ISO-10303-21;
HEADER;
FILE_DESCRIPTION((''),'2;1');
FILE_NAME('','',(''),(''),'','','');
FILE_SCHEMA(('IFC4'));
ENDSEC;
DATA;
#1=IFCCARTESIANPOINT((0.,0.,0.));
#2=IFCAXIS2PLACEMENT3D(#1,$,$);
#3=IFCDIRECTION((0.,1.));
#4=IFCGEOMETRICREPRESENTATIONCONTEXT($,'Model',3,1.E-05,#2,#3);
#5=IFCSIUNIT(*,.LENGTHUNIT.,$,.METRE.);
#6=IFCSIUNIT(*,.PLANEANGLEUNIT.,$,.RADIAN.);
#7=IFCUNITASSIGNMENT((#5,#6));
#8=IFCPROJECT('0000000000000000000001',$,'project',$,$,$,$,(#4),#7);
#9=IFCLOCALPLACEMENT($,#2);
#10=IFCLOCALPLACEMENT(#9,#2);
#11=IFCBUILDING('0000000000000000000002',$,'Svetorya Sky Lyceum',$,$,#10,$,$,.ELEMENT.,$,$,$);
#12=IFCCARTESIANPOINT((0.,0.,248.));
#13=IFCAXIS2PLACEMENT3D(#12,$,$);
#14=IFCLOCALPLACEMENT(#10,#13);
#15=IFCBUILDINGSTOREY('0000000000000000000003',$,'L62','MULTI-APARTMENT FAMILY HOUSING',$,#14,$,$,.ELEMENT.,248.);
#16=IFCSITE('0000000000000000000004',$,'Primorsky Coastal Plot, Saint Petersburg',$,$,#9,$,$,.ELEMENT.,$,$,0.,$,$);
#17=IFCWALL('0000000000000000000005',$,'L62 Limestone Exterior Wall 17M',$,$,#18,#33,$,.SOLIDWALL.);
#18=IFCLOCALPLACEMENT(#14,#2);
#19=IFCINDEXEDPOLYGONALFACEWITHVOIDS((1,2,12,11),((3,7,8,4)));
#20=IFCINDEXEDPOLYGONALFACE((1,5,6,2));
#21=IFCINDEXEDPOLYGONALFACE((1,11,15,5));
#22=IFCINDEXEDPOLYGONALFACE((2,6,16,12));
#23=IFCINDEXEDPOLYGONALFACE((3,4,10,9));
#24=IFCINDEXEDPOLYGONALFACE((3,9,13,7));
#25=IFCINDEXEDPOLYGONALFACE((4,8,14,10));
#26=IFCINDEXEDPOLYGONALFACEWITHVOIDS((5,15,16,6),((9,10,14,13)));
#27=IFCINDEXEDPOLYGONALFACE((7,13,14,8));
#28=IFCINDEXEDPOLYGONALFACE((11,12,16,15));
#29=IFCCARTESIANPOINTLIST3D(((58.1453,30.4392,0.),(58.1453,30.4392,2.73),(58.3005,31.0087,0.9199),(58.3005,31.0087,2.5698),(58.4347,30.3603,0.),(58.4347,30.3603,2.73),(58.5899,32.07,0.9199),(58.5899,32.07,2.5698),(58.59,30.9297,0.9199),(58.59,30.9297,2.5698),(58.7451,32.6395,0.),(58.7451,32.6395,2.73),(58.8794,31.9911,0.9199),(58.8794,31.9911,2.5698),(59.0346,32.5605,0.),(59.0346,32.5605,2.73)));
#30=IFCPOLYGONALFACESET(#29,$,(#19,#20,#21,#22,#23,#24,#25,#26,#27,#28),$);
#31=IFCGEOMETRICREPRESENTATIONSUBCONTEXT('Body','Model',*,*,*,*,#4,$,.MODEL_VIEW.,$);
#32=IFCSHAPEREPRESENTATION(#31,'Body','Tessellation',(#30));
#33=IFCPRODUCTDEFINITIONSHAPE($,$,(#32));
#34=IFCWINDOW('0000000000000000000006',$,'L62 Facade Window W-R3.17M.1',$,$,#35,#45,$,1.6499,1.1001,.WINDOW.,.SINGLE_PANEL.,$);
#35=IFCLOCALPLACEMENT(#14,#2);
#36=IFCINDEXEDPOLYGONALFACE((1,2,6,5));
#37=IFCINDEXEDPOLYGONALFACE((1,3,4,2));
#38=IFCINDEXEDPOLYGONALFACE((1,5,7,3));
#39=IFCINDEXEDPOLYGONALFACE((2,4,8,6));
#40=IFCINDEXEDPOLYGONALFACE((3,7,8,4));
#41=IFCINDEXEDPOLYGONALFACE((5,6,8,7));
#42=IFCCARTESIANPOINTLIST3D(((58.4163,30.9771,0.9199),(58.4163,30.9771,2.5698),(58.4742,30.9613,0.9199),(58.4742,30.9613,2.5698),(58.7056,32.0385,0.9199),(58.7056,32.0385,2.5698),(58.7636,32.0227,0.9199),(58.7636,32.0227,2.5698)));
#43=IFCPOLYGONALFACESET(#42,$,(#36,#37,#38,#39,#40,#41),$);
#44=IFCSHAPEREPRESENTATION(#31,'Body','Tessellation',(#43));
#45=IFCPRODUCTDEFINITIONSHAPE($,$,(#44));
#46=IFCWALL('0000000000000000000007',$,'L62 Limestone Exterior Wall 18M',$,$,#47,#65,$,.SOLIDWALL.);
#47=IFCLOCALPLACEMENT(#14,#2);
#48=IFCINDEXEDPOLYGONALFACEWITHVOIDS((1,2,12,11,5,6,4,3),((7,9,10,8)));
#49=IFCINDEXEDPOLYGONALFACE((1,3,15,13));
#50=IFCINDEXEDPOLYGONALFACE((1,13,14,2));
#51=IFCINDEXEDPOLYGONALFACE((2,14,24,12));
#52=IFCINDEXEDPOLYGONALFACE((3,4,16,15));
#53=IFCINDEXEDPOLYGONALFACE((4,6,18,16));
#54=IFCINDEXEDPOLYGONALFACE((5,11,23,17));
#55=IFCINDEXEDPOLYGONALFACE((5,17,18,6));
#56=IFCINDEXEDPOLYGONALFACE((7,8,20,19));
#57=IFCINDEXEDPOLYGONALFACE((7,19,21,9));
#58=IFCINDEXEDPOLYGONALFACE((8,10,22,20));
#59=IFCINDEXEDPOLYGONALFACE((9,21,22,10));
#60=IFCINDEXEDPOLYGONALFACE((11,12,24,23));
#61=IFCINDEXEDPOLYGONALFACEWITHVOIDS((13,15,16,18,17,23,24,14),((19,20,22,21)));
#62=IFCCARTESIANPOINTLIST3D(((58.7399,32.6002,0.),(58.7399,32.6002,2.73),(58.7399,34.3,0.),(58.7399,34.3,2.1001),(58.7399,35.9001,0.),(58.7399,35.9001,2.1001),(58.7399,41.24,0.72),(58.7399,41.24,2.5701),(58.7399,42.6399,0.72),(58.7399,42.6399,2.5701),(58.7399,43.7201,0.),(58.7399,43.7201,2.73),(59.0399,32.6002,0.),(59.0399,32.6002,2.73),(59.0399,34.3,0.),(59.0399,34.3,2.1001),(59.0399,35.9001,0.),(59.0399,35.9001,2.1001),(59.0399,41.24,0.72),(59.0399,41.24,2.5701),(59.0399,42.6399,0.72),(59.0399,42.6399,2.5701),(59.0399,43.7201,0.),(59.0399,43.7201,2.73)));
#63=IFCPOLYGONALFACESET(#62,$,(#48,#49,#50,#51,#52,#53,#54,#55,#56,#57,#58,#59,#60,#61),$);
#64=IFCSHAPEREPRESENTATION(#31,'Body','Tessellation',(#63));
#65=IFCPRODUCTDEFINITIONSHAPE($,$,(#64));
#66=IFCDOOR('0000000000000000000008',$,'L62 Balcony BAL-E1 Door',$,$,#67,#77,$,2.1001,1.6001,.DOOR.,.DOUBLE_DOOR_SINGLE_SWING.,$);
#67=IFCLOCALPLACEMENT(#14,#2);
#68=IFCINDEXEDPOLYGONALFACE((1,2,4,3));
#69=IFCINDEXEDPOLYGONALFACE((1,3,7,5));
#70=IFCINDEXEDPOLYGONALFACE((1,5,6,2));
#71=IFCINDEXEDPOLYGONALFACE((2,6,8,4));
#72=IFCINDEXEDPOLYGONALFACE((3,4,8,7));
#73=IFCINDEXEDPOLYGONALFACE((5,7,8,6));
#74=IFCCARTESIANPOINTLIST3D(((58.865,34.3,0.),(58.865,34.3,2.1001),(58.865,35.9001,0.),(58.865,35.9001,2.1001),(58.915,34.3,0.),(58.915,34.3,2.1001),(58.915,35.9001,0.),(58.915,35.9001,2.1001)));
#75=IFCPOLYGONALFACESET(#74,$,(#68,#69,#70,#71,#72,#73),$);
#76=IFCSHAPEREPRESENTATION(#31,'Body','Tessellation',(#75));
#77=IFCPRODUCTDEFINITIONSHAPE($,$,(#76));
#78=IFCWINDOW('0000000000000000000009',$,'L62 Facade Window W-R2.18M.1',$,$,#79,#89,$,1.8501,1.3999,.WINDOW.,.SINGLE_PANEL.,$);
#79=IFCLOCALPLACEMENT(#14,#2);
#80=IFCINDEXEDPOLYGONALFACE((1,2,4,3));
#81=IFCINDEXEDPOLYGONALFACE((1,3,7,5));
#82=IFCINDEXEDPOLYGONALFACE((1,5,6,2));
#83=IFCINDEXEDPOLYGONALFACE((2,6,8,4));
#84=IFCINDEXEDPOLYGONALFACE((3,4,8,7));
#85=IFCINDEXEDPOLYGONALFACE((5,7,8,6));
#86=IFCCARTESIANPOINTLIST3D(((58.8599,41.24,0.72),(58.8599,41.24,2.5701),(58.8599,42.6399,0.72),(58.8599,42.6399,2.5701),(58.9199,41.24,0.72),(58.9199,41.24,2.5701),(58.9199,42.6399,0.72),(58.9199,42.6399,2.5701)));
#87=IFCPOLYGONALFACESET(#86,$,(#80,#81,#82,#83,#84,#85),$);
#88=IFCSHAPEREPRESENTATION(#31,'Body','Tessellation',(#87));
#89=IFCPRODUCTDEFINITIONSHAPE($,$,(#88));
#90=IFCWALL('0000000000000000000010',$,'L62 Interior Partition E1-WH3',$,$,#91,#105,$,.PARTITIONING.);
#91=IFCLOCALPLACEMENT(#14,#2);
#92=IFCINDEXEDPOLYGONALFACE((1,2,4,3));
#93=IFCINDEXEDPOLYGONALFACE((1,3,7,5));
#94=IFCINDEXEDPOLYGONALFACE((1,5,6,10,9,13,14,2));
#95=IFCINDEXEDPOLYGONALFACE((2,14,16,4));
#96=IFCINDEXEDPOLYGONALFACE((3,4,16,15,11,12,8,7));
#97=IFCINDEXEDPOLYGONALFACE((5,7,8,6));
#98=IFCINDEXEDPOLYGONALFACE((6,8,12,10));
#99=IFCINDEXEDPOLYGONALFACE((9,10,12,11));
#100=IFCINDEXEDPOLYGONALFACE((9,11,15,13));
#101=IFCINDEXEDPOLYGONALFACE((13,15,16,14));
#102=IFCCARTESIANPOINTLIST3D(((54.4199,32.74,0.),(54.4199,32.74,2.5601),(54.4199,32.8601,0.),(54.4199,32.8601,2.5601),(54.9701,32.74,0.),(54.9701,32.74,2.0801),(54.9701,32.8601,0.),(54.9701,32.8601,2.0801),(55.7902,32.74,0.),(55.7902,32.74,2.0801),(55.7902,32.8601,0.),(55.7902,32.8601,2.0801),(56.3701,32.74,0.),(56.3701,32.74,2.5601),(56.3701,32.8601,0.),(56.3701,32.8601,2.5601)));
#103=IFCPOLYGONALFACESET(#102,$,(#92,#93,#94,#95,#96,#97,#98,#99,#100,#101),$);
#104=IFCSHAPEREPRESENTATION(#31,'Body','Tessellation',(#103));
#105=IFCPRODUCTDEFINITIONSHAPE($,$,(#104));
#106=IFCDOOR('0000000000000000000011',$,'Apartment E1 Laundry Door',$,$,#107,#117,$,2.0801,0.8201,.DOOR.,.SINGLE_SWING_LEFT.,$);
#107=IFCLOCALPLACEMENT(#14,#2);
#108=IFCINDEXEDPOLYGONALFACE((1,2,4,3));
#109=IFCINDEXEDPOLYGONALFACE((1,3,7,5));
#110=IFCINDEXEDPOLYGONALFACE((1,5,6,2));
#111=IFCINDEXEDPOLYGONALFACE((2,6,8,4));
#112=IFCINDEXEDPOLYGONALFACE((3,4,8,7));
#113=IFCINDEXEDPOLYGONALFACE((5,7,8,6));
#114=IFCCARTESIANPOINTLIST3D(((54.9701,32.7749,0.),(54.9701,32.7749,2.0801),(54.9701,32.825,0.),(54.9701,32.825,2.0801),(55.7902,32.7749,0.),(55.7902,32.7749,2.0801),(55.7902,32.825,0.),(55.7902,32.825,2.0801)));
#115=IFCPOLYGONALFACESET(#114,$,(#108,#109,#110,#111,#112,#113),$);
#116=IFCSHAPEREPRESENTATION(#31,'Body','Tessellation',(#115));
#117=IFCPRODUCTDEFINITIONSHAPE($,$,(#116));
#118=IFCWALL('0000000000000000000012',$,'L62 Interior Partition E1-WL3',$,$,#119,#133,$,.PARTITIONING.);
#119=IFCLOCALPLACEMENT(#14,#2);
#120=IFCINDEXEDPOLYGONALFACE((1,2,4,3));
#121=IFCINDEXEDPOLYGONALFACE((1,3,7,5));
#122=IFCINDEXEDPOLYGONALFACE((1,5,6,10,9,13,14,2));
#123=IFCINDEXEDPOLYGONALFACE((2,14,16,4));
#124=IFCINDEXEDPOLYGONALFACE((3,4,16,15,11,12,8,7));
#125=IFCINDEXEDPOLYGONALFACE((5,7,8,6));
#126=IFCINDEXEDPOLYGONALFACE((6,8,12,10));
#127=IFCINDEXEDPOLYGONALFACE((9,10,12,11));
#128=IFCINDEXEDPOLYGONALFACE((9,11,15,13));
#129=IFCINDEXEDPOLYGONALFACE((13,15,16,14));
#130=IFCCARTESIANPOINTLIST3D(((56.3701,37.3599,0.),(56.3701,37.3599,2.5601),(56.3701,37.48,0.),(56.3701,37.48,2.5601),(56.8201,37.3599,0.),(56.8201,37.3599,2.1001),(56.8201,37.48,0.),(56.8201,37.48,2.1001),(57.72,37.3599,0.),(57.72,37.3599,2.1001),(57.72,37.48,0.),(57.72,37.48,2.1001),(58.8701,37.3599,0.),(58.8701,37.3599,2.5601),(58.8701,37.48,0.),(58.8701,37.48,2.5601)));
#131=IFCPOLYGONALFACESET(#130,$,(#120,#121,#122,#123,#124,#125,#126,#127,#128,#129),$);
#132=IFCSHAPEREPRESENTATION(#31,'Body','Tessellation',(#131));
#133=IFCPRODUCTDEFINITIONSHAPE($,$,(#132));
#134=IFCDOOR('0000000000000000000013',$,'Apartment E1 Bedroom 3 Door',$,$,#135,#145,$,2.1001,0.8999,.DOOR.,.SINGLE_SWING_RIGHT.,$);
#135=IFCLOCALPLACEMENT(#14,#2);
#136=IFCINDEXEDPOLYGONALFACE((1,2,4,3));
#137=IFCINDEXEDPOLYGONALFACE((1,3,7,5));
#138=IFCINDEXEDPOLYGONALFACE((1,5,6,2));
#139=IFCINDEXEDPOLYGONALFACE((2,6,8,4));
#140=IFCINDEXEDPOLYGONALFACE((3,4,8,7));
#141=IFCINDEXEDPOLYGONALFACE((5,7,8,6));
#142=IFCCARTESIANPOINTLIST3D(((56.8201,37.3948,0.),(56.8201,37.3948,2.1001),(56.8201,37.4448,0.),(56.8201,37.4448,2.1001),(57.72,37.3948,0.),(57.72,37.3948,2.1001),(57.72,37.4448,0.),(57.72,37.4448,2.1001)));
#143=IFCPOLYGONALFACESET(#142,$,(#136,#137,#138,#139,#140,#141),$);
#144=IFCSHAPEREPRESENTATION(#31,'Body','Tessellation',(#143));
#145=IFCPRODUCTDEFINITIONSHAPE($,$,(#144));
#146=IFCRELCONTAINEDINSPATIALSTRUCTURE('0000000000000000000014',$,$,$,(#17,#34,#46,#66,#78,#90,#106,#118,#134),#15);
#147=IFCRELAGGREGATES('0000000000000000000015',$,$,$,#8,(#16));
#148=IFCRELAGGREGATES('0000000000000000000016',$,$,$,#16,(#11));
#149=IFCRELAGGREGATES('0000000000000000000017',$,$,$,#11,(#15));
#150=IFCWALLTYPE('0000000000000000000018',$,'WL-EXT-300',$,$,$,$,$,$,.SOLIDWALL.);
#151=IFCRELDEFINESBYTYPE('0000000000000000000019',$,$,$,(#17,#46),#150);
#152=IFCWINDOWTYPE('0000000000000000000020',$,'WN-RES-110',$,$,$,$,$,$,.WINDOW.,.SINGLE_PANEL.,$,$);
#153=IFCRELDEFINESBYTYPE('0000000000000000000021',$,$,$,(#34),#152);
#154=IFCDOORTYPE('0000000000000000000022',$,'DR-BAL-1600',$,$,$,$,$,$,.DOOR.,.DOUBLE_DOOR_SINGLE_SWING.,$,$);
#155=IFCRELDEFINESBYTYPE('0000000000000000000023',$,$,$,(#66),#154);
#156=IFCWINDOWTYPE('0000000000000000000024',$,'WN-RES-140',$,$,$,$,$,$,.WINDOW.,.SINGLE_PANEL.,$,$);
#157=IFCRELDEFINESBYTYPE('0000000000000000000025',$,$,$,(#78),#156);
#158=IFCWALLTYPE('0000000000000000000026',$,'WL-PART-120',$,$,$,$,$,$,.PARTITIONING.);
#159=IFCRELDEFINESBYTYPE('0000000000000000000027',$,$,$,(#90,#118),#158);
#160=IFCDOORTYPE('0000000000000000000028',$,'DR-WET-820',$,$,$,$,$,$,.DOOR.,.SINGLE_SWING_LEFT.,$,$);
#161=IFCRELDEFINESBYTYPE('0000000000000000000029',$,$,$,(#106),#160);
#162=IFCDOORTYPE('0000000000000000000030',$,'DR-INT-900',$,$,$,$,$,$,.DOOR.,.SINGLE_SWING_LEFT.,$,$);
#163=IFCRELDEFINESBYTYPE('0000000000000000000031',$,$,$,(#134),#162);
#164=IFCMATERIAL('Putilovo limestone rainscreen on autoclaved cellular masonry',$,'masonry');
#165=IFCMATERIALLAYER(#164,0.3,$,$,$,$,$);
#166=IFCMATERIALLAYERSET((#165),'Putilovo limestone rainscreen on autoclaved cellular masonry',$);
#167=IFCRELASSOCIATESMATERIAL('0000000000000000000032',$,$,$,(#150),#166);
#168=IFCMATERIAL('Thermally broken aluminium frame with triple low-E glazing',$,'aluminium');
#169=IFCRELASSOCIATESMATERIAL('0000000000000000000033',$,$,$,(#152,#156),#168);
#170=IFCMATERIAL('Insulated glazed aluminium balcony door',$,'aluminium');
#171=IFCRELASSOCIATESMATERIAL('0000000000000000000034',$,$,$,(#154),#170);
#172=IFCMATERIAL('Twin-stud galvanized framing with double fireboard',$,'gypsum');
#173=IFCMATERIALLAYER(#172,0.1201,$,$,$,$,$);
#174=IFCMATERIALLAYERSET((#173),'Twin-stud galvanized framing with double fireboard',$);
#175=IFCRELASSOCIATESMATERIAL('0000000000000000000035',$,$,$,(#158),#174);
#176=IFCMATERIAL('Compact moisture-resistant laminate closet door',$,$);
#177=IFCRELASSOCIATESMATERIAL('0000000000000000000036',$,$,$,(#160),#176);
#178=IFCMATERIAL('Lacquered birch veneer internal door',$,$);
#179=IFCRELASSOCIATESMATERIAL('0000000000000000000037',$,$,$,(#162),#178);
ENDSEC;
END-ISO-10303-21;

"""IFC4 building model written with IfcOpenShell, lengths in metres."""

from ifc_helpers import new_model, si_unit, direction, frame, frame_2d, origin, place, context, subcontext, project, spatial, rectangle, extrude, material, layer, layer_set, type_object, element, fill, save


model = new_model("IFC4")

# Units and contexts
model_context = context("Model", 3, precision=1e-05, world=origin(), true_north=direction((0.0, 1.0)))
body_context = subcontext(model_context, "Body", "Model", "MODEL_VIEW")
ifc_project = project(units=[si_unit("LENGTHUNIT", "METRE"), si_unit("PLANEANGLEUNIT", "RADIAN")], contexts=[model_context])

# Site, building, storey
site_placement = place(None, origin())
site = spatial("IfcSite", under=ifc_project, at=site_placement, Name="Primorsky Coastal Plot, Saint Petersburg", CompositionType="ELEMENT", RefElevation=0.0)
building_placement = place(site_placement, origin())
building = spatial("IfcBuilding", under=site, at=building_placement, Name="Svetorya Sky Lyceum", CompositionType="ELEMENT")
storey_placement = place(building_placement, frame((0.0, 0.0, 248.0)))
storey = spatial("IfcBuildingStorey", under=building, at=storey_placement, Name="L62", Description="MULTI-APARTMENT FAMILY HOUSING", CompositionType="ELEMENT", Elevation=248.0)

# Shared definitions
ifc_material_1 = material(Name="Putilovo limestone rainscreen on autoclaved cellular masonry", Category="masonry")
ifc_layer_1 = layer(ifc_material_1, 0.3)
ifc_layer_set_1 = layer_set([ifc_layer_1], Name="Putilovo limestone rainscreen on autoclaved cellular masonry")
wall_type_1 = type_object("IfcWallType", Name="WL-EXT-300", PredefinedType="SOLIDWALL", material=ifc_layer_set_1)

# Wall, opening, window
wall_1_placement = place(storey_placement, frame((58.29, 30.3999, 0.0), z_axis=(0.0, 0.0, 1.0), x_axis=(0.263036, 0.964786, 0.0)))
wall_1 = element("IfcWall", 1, at=wall_1_placement, inside=storey, type_object=wall_type_1, Name="L62 Limestone Exterior Wall 17M", PredefinedType="SOLIDWALL", context=body_context, shape_type="SweptSolid", body=[
    extrude(rectangle(XDim=2.2805, YDim=0.3, at=frame_2d((1.1401, 0.0))), origin(), (0.0, 0.0, 1.0), 2.73),
])
opening_1_placement = place(wall_1_placement, frame((0.5901, 0.0, 0.9199)))
opening_1 = element("IfcOpeningElement", 2, at=opening_1_placement, cuts=wall_1, PredefinedType="OPENING", context=body_context, shape_type="SweptSolid", body=[
    extrude(rectangle(XDim=1.1001, YDim=1.6499, at=frame_2d((0.55, 0.825))), frame((0.0, 0.1599, 0.0), z_axis=(0.0, -1.0, 0.0), x_axis=(1.0, 0.0, 0.0)), (0.0, 0.0, 1.0), 0.3201),
])
ifc_material_2 = material(Name="Thermally broken aluminium frame with triple low-E glazing", Category="aluminium")
window_type_1 = type_object("IfcWindowType", Name="WN-RES-110", PartitioningType="SINGLE_PANEL", PredefinedType="WINDOW", material=ifc_material_2)
window_1_placement = place(opening_1_placement, origin())
window_1 = element("IfcWindow", 3, at=window_1_placement, inside=storey, type_object=window_type_1, Name="L62 Facade Window W-R3.17M.1", OverallHeight=1.6499, OverallWidth=1.1001, PartitioningType="SINGLE_PANEL", PredefinedType="WINDOW", context=body_context, shape_type="SweptSolid", body=[
    extrude(rectangle(XDim=1.1001, YDim=1.6499, at=frame_2d((0.55, 0.825))), frame((0.0, 0.03, 0.0), z_axis=(0.0, -1.0, 0.0), x_axis=(1.0, 0.0, 0.0)), (0.0, 0.0, 1.0), 0.0601),
])
fill(opening_1, window_1)

# Wall, openings, door, window
wall_2_placement = place(storey_placement, frame((58.8899, 32.6001, 0.0), z_axis=(0.0, 0.0, 1.0), x_axis=(0.0, 1.0, 0.0)))
wall_2 = element("IfcWall", 4, at=wall_2_placement, inside=storey, type_object=wall_type_1, Name="L62 Limestone Exterior Wall 18M", PredefinedType="SOLIDWALL", context=body_context, shape_type="SweptSolid", body=[
    extrude(rectangle(XDim=11.1199, YDim=0.3, at=frame_2d((5.5601, 0.0))), origin(), (0.0, 0.0, 1.0), 2.73),
])
opening_2_placement = place(wall_2_placement, frame((1.7, 0.0, 0.0)))
opening_2 = element("IfcOpeningElement", 5, at=opening_2_placement, cuts=wall_2, PredefinedType="OPENING", context=body_context, shape_type="SweptSolid", body=[
    extrude(rectangle(XDim=1.6001, YDim=2.1001, at=frame_2d((0.8, 1.05))), frame((0.0, 0.1599, 0.0), z_axis=(0.0, -1.0, 0.0), x_axis=(1.0, 0.0, 0.0)), (0.0, 0.0, 1.0), 0.3201),
])
opening_3_placement = place(wall_2_placement, frame((8.6399, 0.0, 0.72)))
opening_3 = element("IfcOpeningElement", 6, at=opening_3_placement, cuts=wall_2, PredefinedType="OPENING", context=body_context, shape_type="SweptSolid", body=[
    extrude(rectangle(XDim=1.3999, YDim=1.8501, at=frame_2d((0.7, 0.925))), frame((0.0, 0.1599, 0.0), z_axis=(0.0, -1.0, 0.0), x_axis=(1.0, 0.0, 0.0)), (0.0, 0.0, 1.0), 0.3201),
])
ifc_material_3 = material(Name="Insulated glazed aluminium balcony door", Category="aluminium")
door_type_1 = type_object("IfcDoorType", Name="DR-BAL-1600", OperationType="DOUBLE_DOOR_SINGLE_SWING", PredefinedType="DOOR", material=ifc_material_3)
door_1_placement = place(opening_2_placement, origin())
door_1 = element("IfcDoor", 7, at=door_1_placement, inside=storey, type_object=door_type_1, Name="L62 Balcony BAL-E1 Door", OperationType="DOUBLE_DOOR_SINGLE_SWING", OverallHeight=2.1001, OverallWidth=1.6001, PredefinedType="DOOR", context=body_context, shape_type="SweptSolid", body=[
    extrude(rectangle(XDim=1.6001, YDim=2.1001, at=frame_2d((0.8, 1.05))), frame((0.0, 0.0249, 0.0), z_axis=(0.0, -1.0, 0.0), x_axis=(1.0, 0.0, 0.0)), (0.0, 0.0, 1.0), 0.05),
])
fill(opening_2, door_1)
window_type_2 = type_object("IfcWindowType", Name="WN-RES-140", PartitioningType="SINGLE_PANEL", PredefinedType="WINDOW", material=ifc_material_2)
window_2_placement = place(opening_3_placement, origin())
window_2 = element("IfcWindow", 8, at=window_2_placement, inside=storey, type_object=window_type_2, Name="L62 Facade Window W-R2.18M.1", OverallHeight=1.8501, OverallWidth=1.3999, PartitioningType="SINGLE_PANEL", PredefinedType="WINDOW", context=body_context, shape_type="SweptSolid", body=[
    extrude(rectangle(XDim=1.3999, YDim=1.8501, at=frame_2d((0.7, 0.925))), frame((0.0, 0.03, 0.0), z_axis=(0.0, -1.0, 0.0), x_axis=(1.0, 0.0, 0.0)), (0.0, 0.0, 1.0), 0.0601),
])
fill(opening_3, window_2)

# Walls, openings, doors
ifc_material_4 = material(Name="Twin-stud galvanized framing with double fireboard", Category="gypsum")
ifc_layer_2 = layer(ifc_material_4, 0.1201)
ifc_layer_set_2 = layer_set([ifc_layer_2], Name="Twin-stud galvanized framing with double fireboard")
wall_type_2 = type_object("IfcWallType", Name="WL-PART-120", PredefinedType="PARTITIONING", material=ifc_layer_set_2)
wall_3_placement = place(storey_placement, frame((54.4199, 32.8, 0.0), z_axis=(0.0, 0.0, 1.0), x_axis=(1.0, 0.0, 0.0)))
wall_3 = element("IfcWall", 9, at=wall_3_placement, inside=storey, type_object=wall_type_2, Name="L62 Interior Partition E1-WH3", PredefinedType="PARTITIONING", context=body_context, shape_type="SweptSolid", body=[
    extrude(rectangle(XDim=1.9502, YDim=0.1201, at=frame_2d((0.9751, 0.0))), origin(), (0.0, 0.0, 1.0), 2.5601),
])
opening_4_placement = place(wall_3_placement, frame((0.55, 0.0, 0.0)))
opening_4 = element("IfcOpeningElement", 10, at=opening_4_placement, cuts=wall_3, PredefinedType="OPENING", context=body_context, shape_type="SweptSolid", body=[
    extrude(rectangle(XDim=0.8201, YDim=2.0801, at=frame_2d((0.4102, 1.04))), frame((0.0, 0.0701, 0.0), z_axis=(0.0, -1.0, 0.0), x_axis=(1.0, 0.0, 0.0)), (0.0, 0.0, 1.0), 0.1401),
])
ifc_material_5 = material(Name="Compact moisture-resistant laminate closet door")
door_type_2 = type_object("IfcDoorType", Name="DR-WET-820", OperationType="SINGLE_SWING_LEFT", PredefinedType="DOOR", material=ifc_material_5)
door_2_placement = place(opening_4_placement, origin())
door_2 = element("IfcDoor", 11, at=door_2_placement, inside=storey, type_object=door_type_2, Name="Apartment E1 Laundry Door", OperationType="SINGLE_SWING_LEFT", OverallHeight=2.0801, OverallWidth=0.8201, PredefinedType="DOOR", context=body_context, shape_type="SweptSolid", body=[
    extrude(rectangle(XDim=0.8201, YDim=2.0801, at=frame_2d((0.4102, 1.04))), frame((0.0, 0.0249, 0.0), z_axis=(0.0, -1.0, 0.0), x_axis=(1.0, 0.0, 0.0)), (0.0, 0.0, 1.0), 0.05),
])
fill(opening_4, door_2)
wall_4_placement = place(storey_placement, frame((56.3701, 37.4199, 0.0), z_axis=(0.0, 0.0, 1.0), x_axis=(1.0, 0.0, 0.0)))
wall_4 = element("IfcWall", 12, at=wall_4_placement, inside=storey, type_object=wall_type_2, Name="L62 Interior Partition E1-WL3", PredefinedType="PARTITIONING", context=body_context, shape_type="SweptSolid", body=[
    extrude(rectangle(XDim=2.5, YDim=0.1201, at=frame_2d((1.25, 0.0))), origin(), (0.0, 0.0, 1.0), 2.5601),
])
opening_5_placement = place(wall_4_placement, frame((0.45, 0.0, 0.0)))
opening_5 = element("IfcOpeningElement", 13, at=opening_5_placement, cuts=wall_4, PredefinedType="OPENING", context=body_context, shape_type="SweptSolid", body=[
    extrude(rectangle(XDim=0.8999, YDim=2.1001, at=frame_2d((0.45, 1.05))), frame((0.0, 0.0701, 0.0), z_axis=(0.0, -1.0, 0.0), x_axis=(1.0, 0.0, 0.0)), (0.0, 0.0, 1.0), 0.1401),
])
ifc_material_6 = material(Name="Lacquered birch veneer internal door")
door_type_3 = type_object("IfcDoorType", Name="DR-INT-900", OperationType="SINGLE_SWING_LEFT", PredefinedType="DOOR", material=ifc_material_6)
door_3_placement = place(opening_5_placement, origin())
door_3 = element("IfcDoor", 14, at=door_3_placement, inside=storey, type_object=door_type_3, Name="Apartment E1 Bedroom 3 Door", OperationType="SINGLE_SWING_RIGHT", OverallHeight=2.1001, OverallWidth=0.8999, PredefinedType="DOOR", context=body_context, shape_type="SweptSolid", body=[
    extrude(rectangle(XDim=0.8999, YDim=2.1001, at=frame_2d((0.45, 1.05))), frame((0.0, 0.0249, 0.0), z_axis=(0.0, -1.0, 0.0), x_axis=(1.0, 0.0, 0.0)), (0.0, 0.0, 1.0), 0.05),
])
fill(opening_5, door_3)

save(model, "model.ifc")
